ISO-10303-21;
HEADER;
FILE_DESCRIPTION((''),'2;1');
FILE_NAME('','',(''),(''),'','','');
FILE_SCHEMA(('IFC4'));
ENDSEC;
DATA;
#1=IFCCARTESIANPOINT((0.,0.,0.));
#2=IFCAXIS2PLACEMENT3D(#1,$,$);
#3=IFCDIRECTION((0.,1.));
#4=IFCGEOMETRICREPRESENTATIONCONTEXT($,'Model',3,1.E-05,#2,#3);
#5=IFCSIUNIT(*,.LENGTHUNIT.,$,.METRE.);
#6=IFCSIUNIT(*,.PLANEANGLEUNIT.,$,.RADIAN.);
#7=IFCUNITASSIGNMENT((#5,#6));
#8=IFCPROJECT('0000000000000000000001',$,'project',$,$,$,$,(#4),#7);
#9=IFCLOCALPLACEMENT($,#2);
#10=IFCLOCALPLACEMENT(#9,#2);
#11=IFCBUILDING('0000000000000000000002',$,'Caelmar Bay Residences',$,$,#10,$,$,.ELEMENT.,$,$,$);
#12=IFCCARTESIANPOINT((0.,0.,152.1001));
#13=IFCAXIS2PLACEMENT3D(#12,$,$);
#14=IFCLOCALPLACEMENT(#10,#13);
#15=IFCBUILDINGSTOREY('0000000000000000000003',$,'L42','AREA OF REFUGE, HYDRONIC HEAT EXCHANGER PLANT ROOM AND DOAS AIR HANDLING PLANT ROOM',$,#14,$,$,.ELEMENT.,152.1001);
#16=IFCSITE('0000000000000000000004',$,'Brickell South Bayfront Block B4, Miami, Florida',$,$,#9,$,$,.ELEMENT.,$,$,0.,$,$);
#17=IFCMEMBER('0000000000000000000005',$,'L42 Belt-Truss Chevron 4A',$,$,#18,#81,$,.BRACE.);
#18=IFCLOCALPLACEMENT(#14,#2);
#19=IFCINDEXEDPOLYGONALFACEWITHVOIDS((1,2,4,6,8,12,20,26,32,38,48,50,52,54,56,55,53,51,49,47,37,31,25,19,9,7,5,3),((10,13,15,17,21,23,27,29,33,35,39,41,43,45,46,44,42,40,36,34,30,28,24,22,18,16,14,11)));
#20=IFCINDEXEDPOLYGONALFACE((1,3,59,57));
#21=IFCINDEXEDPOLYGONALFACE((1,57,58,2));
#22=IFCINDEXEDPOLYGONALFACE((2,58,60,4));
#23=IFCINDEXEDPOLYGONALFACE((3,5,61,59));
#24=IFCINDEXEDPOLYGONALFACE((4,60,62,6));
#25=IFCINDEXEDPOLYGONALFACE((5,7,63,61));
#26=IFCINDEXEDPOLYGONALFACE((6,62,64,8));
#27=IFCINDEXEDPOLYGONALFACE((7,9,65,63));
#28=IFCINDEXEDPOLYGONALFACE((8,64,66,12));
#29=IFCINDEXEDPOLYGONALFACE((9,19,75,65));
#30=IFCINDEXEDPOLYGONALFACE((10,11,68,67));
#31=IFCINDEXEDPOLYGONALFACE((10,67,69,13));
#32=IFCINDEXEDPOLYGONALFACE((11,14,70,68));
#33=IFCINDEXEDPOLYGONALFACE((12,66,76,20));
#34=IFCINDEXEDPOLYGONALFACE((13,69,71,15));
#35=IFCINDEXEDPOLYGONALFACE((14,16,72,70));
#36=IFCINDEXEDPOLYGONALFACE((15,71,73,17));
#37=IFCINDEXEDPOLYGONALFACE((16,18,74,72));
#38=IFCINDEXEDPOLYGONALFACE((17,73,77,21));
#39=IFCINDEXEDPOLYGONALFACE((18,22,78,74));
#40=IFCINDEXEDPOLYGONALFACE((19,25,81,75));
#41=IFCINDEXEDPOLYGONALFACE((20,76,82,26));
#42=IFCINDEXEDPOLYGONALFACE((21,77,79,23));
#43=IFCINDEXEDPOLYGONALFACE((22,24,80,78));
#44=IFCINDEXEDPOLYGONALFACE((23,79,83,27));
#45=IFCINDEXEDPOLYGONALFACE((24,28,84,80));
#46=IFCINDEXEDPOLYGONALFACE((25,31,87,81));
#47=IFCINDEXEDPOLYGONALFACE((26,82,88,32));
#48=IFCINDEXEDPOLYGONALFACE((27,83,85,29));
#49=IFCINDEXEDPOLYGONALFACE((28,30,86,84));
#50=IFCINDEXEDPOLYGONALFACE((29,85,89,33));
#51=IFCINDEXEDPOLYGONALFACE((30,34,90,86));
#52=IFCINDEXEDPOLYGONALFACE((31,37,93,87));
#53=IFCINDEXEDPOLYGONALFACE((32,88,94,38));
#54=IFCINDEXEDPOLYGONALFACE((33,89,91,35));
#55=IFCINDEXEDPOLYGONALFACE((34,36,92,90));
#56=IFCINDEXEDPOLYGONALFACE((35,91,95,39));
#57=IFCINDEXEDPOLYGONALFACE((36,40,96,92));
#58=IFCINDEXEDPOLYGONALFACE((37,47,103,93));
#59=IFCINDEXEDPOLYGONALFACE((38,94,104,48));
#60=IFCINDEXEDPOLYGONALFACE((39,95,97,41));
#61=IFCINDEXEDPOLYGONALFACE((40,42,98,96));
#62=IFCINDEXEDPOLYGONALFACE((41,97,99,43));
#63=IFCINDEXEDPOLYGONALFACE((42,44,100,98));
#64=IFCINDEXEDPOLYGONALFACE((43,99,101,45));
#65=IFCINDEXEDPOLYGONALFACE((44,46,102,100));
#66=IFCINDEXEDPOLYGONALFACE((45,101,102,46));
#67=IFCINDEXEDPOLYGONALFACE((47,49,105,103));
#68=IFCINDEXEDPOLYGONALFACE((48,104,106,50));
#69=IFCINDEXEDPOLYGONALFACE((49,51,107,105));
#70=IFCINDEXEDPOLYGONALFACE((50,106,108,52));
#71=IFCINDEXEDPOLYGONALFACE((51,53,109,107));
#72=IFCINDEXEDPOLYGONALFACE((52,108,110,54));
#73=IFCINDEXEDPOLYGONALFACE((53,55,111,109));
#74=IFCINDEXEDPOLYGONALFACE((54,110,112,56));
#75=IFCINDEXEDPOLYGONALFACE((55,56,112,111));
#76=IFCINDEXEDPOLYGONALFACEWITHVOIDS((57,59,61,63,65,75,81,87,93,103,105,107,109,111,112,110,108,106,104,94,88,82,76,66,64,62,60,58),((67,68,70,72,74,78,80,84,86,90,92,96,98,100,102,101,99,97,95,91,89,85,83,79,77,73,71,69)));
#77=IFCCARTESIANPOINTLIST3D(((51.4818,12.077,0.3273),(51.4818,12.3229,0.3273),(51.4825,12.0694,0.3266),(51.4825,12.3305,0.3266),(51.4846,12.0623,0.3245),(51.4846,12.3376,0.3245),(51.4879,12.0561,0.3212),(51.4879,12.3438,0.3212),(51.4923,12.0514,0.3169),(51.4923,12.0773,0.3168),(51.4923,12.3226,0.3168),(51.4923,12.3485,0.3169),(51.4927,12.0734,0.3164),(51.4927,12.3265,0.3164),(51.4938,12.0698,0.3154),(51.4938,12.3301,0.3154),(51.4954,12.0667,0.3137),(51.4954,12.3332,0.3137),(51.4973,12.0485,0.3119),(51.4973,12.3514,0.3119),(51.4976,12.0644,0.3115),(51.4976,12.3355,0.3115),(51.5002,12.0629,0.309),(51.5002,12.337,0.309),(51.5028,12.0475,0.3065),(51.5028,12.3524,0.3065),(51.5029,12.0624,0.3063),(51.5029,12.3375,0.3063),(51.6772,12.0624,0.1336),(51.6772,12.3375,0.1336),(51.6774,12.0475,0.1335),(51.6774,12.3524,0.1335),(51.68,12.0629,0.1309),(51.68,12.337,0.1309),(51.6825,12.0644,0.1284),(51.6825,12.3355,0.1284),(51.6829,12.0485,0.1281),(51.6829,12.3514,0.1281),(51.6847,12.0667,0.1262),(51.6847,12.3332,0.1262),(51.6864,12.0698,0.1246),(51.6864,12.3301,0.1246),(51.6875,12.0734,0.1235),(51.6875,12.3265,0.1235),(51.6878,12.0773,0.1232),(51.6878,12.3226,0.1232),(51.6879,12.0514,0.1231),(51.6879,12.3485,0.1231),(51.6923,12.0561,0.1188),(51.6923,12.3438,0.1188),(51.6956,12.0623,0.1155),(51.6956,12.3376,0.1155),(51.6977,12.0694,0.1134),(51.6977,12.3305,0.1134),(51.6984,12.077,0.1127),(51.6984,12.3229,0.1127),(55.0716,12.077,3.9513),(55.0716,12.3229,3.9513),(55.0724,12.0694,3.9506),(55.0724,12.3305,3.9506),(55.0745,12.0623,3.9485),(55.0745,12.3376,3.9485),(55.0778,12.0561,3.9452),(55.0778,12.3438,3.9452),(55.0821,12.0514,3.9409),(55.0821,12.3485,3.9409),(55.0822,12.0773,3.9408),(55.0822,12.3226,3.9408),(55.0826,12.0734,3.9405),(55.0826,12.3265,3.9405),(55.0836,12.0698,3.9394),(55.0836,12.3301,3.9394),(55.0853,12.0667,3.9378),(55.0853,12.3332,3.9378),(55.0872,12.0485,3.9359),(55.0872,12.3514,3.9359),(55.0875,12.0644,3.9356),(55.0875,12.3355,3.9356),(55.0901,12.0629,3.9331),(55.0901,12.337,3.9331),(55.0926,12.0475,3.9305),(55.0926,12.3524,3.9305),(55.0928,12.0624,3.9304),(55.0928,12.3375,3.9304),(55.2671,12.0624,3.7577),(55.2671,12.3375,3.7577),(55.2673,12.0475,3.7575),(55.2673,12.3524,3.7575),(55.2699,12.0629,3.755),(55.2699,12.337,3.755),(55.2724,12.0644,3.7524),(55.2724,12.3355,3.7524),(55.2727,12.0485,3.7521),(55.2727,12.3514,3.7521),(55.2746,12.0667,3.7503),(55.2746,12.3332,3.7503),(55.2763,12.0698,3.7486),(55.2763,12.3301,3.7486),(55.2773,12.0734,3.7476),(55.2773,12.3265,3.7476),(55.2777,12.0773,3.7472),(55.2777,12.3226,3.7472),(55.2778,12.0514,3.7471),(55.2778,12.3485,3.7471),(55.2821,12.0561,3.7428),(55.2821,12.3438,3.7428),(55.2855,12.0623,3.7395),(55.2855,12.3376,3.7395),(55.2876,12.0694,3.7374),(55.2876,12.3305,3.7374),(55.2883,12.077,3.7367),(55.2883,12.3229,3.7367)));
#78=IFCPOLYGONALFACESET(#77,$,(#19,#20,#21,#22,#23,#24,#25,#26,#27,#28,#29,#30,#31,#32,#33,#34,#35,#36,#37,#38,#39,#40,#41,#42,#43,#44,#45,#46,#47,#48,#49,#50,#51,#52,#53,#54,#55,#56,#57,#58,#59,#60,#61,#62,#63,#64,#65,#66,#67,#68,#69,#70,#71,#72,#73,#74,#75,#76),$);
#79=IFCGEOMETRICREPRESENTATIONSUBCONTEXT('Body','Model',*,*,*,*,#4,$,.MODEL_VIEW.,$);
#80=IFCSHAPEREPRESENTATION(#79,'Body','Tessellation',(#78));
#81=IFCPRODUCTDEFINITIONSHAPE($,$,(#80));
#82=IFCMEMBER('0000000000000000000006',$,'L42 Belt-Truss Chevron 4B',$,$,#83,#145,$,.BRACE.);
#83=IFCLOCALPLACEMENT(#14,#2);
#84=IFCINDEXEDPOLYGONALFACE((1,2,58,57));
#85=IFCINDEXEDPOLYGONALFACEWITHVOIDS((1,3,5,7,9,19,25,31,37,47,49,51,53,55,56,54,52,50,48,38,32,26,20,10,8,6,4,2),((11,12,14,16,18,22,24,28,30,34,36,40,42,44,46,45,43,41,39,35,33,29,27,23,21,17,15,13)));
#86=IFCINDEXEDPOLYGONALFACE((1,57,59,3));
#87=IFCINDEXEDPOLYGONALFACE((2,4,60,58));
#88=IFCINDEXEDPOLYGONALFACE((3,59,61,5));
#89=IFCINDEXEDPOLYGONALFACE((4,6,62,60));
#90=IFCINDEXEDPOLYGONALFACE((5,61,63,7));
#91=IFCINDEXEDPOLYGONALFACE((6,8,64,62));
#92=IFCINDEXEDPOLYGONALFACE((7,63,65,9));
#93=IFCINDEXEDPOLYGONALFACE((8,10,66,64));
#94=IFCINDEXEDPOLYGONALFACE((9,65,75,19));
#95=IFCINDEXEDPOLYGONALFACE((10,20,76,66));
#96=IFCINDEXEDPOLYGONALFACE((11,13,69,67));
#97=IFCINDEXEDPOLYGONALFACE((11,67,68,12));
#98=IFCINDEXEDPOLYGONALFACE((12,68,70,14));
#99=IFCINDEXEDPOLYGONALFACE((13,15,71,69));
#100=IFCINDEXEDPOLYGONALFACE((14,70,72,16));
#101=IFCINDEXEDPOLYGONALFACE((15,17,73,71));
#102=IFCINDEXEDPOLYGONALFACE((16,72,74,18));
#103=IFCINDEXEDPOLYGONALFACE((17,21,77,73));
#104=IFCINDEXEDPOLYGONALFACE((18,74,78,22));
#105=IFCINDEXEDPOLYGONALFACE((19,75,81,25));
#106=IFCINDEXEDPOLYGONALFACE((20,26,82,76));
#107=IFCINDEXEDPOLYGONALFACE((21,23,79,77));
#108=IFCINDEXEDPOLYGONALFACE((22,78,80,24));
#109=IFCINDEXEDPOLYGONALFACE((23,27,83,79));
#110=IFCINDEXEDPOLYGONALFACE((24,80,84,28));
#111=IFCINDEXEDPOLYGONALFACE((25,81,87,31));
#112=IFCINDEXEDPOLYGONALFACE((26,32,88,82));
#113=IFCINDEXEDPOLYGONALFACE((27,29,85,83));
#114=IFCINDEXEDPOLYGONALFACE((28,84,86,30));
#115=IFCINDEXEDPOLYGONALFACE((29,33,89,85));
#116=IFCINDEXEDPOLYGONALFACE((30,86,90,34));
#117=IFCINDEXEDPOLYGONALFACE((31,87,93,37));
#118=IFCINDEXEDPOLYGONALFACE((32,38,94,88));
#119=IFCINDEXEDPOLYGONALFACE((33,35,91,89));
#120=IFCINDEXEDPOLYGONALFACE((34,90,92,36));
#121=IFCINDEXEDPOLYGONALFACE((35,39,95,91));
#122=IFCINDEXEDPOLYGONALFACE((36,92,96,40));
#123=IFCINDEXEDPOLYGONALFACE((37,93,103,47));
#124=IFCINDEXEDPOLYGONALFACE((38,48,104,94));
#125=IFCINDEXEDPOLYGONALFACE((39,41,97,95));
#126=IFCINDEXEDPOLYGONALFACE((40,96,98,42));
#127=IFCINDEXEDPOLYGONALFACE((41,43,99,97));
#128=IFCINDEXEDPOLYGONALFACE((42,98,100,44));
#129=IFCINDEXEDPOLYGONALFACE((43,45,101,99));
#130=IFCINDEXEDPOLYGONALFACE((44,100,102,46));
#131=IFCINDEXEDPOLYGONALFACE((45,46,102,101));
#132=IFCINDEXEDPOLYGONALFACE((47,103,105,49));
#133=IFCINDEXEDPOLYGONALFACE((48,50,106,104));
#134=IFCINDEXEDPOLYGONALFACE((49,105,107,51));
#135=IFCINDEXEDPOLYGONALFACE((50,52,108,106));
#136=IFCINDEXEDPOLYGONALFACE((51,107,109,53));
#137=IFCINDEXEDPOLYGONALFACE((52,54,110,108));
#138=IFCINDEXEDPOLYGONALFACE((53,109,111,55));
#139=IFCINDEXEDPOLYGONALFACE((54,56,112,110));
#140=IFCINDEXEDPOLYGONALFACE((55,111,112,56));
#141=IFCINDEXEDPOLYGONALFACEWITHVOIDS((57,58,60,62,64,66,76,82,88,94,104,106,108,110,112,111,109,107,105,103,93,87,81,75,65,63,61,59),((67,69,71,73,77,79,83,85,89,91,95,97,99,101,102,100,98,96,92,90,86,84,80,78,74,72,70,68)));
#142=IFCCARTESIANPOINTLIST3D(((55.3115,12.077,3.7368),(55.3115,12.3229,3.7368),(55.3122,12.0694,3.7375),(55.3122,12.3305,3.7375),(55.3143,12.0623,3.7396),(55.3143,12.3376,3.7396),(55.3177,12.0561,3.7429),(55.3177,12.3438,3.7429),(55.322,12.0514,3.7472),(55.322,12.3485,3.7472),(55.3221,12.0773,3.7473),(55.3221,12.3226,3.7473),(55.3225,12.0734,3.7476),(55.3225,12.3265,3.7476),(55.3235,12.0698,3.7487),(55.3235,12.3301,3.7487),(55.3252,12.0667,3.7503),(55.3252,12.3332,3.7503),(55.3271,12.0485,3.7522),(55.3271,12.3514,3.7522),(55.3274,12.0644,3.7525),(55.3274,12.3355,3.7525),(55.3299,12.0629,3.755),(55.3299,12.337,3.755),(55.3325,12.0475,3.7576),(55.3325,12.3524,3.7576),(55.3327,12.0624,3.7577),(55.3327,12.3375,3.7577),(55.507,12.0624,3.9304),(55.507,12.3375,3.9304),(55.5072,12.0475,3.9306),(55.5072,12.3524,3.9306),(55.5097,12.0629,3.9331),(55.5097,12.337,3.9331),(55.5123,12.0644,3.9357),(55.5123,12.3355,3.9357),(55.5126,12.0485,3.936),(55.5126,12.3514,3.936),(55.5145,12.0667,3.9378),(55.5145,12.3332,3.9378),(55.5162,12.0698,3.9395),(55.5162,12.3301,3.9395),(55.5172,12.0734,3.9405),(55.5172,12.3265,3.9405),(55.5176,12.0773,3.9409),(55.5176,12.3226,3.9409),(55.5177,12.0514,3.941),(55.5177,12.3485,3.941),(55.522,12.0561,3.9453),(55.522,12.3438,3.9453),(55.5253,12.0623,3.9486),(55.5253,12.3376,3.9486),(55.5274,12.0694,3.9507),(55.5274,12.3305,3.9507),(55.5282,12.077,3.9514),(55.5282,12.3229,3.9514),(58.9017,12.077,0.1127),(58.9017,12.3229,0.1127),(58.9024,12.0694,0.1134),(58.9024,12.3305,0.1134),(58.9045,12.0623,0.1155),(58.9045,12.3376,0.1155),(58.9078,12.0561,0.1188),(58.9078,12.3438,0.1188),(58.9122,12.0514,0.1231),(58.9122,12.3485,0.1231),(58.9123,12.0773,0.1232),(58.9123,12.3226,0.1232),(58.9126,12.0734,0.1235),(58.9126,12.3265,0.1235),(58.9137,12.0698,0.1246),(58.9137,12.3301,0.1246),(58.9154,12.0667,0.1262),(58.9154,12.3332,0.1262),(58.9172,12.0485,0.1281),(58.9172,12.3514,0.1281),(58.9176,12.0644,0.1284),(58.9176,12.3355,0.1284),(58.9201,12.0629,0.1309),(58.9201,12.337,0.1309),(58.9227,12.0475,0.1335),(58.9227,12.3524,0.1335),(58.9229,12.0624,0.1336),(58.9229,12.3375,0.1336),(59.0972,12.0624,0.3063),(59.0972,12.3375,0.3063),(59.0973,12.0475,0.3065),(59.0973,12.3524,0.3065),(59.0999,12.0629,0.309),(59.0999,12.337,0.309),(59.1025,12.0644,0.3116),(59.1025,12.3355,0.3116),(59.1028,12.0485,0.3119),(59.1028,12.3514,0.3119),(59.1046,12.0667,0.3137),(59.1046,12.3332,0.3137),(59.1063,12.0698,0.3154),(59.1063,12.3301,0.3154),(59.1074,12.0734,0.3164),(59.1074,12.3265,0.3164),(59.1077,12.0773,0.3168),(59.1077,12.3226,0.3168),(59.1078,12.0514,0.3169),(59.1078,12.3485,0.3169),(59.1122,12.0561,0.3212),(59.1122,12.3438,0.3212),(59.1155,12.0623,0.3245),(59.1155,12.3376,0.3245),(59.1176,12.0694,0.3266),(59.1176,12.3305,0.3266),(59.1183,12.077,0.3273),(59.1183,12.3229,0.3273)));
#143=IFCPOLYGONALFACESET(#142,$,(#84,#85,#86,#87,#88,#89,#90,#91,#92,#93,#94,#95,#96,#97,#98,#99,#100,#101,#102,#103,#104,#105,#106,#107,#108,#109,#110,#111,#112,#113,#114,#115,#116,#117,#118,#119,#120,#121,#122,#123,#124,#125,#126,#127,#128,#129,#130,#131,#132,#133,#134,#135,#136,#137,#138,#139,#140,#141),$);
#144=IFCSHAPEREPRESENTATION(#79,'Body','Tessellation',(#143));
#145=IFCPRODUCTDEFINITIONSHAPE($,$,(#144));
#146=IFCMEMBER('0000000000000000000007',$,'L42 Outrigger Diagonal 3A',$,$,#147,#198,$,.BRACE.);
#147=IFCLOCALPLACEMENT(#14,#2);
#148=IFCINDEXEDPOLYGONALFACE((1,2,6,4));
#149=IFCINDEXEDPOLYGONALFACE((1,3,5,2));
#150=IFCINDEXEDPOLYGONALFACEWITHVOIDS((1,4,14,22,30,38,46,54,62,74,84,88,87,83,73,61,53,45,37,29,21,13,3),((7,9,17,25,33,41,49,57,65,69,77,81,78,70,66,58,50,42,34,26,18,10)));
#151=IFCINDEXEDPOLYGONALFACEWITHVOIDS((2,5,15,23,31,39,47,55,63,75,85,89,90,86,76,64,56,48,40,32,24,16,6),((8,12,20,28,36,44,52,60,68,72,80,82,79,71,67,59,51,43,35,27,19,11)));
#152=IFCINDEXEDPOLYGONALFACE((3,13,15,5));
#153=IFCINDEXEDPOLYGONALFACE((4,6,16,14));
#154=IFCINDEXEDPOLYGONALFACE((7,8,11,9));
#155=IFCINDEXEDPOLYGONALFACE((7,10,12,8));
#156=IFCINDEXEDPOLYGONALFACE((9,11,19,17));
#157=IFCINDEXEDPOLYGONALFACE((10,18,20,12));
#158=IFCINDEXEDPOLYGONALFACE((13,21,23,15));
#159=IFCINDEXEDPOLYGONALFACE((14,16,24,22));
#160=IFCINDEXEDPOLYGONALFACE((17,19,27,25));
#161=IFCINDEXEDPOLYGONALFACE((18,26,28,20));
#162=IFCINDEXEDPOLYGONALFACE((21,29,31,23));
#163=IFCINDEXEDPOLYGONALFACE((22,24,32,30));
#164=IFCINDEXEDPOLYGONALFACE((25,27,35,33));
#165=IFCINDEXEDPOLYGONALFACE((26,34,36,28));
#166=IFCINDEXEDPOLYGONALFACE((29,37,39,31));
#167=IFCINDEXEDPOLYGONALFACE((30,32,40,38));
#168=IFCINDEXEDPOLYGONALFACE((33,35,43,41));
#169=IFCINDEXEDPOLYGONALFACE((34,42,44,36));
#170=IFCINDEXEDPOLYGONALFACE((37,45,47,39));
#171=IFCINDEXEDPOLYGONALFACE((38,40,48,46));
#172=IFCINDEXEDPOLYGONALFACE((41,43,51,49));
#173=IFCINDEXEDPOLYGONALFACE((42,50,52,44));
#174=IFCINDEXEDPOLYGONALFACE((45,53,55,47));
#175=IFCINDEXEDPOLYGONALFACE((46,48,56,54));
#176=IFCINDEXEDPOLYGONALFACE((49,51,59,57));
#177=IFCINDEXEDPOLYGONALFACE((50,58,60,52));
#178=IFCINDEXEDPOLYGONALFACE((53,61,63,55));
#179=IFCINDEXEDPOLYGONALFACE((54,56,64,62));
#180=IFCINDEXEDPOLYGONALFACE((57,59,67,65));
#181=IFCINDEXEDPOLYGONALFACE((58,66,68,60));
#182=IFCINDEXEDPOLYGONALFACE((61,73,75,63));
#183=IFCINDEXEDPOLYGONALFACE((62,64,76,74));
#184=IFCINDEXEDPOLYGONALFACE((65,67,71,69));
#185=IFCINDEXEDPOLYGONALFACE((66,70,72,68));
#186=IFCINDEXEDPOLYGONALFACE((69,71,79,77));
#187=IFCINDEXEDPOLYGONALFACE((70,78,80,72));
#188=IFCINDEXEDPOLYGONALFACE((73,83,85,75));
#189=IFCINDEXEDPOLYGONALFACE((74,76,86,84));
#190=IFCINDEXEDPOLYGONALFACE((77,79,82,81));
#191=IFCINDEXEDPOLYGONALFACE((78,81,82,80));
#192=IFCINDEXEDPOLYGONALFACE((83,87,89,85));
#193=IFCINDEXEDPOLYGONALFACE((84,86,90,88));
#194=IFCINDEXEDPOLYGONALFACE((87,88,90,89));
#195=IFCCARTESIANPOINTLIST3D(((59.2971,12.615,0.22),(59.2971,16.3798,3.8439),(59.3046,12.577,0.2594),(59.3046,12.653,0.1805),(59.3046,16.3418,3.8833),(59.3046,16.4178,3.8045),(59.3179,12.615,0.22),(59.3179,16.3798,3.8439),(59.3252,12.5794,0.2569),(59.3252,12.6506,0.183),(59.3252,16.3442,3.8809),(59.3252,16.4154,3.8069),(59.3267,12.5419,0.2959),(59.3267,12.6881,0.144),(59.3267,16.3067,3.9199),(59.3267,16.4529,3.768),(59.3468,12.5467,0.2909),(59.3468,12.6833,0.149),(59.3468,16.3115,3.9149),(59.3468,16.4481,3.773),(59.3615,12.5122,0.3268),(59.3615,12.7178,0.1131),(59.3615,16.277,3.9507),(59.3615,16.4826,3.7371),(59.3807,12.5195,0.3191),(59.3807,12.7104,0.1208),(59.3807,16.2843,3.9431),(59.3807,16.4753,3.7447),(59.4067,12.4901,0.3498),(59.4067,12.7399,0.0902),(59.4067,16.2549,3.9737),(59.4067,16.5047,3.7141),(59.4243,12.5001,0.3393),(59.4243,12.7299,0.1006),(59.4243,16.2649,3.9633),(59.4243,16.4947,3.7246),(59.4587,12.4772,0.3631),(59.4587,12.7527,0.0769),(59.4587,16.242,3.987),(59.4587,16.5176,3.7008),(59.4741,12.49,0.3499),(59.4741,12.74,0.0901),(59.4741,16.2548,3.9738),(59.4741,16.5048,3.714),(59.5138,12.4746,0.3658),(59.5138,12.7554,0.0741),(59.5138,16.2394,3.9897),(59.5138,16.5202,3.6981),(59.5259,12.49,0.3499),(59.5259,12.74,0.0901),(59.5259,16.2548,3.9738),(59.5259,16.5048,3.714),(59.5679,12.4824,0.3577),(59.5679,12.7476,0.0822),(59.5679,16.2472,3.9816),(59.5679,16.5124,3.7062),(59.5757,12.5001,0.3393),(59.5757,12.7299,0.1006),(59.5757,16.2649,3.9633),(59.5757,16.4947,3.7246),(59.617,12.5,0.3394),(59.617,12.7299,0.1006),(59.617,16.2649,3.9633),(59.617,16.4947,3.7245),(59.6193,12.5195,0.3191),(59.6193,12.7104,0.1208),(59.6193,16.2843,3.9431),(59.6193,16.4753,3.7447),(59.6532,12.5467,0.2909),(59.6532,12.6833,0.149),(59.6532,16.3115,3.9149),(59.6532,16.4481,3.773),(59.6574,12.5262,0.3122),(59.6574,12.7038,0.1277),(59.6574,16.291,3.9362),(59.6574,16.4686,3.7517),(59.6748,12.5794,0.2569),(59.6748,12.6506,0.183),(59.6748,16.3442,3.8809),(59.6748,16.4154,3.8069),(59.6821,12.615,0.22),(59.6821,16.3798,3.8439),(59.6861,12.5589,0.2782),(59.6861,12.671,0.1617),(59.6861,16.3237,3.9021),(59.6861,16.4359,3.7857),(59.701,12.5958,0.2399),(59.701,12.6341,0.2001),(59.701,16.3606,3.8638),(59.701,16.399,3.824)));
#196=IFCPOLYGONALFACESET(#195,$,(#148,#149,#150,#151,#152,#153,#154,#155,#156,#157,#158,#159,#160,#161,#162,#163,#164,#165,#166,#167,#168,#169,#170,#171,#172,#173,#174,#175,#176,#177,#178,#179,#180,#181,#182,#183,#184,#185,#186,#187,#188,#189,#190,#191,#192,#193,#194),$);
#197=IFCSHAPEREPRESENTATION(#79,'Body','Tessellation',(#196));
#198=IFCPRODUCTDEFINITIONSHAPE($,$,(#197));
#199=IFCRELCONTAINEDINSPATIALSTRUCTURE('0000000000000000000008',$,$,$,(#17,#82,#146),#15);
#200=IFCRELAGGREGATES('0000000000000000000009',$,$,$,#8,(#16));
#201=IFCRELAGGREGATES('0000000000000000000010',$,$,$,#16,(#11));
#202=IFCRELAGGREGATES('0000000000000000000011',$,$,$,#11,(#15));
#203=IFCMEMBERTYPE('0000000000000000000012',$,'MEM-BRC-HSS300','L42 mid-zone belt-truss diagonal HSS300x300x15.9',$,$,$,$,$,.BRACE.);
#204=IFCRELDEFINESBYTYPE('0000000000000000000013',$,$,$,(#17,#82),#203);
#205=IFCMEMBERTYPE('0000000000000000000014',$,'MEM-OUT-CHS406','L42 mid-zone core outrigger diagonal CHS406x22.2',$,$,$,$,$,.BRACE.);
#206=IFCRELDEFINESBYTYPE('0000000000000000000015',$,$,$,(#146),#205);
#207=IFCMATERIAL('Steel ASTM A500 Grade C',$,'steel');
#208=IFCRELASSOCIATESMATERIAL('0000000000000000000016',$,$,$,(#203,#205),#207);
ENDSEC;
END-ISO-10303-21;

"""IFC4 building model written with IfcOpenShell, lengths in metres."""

from ifc_helpers import new_model, si_unit, direction, frame, origin, origin_2d, place, context, subcontext, project, spatial, hollow_rectangle, hollow_circle, extrude, material, material_profile, profile_set, type_object, element, save


model = new_model("IFC4")

# Units and contexts
model_context = context("Model", 3, precision=1e-05, world=origin(), true_north=direction((0.0, 1.0)))
body_context = subcontext(model_context, "Body", "Model", "MODEL_VIEW")
ifc_project = project(units=[si_unit("LENGTHUNIT", "METRE"), si_unit("PLANEANGLEUNIT", "RADIAN")], contexts=[model_context])

# Site, building, storey
site_placement = place(None, origin())
site = spatial("IfcSite", under=ifc_project, at=site_placement, Name="Brickell South Bayfront Block B4, Miami, Florida", CompositionType="ELEMENT", RefElevation=0.0)
building_placement = place(site_placement, origin())
building = spatial("IfcBuilding", under=site, at=building_placement, Name="Caelmar Bay Residences", CompositionType="ELEMENT")
storey_placement = place(building_placement, frame((0.0, 0.0, 152.1001)))
storey = spatial("IfcBuildingStorey", under=building, at=storey_placement, Name="L42", Description="AREA OF REFUGE, HYDRONIC HEAT EXCHANGER PLANT ROOM AND DOAS AIR HANDLING PLANT ROOM", CompositionType="ELEMENT", Elevation=152.1001)

# Members
ifc_material_1 = material(Name="Steel ASTM A500 Grade C", Category="steel")
ifc_material_profile_1 = material_profile(ifc_material_1, hollow_rectangle(XDim=0.3049, YDim=0.3049, WallThickness=0.0149, InnerFilletRadius=0.0149, OuterFilletRadius=0.0295, at=origin_2d()), Name="HSS300X300X15.9")
ifc_profile_set_1 = profile_set([ifc_material_profile_1], Name="Steel ASTM A500 Grade C")
member_type_1 = type_object("IfcMemberType", Name="MEM-BRC-HSS300", Description="L42 mid-zone belt-truss diagonal HSS300x300x15.9", PredefinedType="BRACE", material=ifc_profile_set_1)
member_1_placement = place(storey_placement, frame((51.5901, 12.2, 0.22), z_axis=(0.703749, 0.0, 0.710449), x_axis=(0.0, 1.0, 0.0)))
element("IfcMember", 1, at=member_1_placement, inside=storey, type_object=member_type_1, Name="L42 Belt-Truss Chevron 4A", PredefinedType="BRACE", context=body_context, shape_type="SweptSolid", body=[
    extrude(hollow_rectangle(XDim=0.3049, YDim=0.3049, WallThickness=0.0149, InnerFilletRadius=0.0149, OuterFilletRadius=0.0295, at=origin_2d()), origin(), (0.0, 0.0, 1.0), 5.1011),
])
member_2_placement = place(storey_placement, frame((59.01, 12.2, 0.22), z_axis=(-0.703773, 0.0, 0.710425), x_axis=(0.0, -1.0, 0.0)))
element("IfcMember", 2, at=member_2_placement, inside=storey, type_object=member_type_1, Name="L42 Belt-Truss Chevron 4B", PredefinedType="BRACE", context=body_context, shape_type="SweptSolid", body=[
    extrude(hollow_rectangle(XDim=0.3049, YDim=0.3049, WallThickness=0.0149, InnerFilletRadius=0.0149, OuterFilletRadius=0.0295, at=origin_2d()), origin(), (0.0, 0.0, 1.0), 5.1013),
])
ifc_material_profile_2 = material_profile(ifc_material_1, hollow_circle(Radius=0.2029, WallThickness=0.0208, at=origin_2d()), Name="CHS406X22.2")
ifc_profile_set_2 = profile_set([ifc_material_profile_2], Name="Steel ASTM A500 Grade C")
member_type_2 = type_object("IfcMemberType", Name="MEM-OUT-CHS406", Description="L42 mid-zone core outrigger diagonal CHS406x22.2", PredefinedType="BRACE", material=ifc_profile_set_2)
member_3_placement = place(storey_placement, frame((59.5, 12.615, 0.22), z_axis=(0.0, 0.720457, 0.6935), x_axis=(-1.0, 0.0, 0.0)))
element("IfcMember", 3, at=member_3_placement, inside=storey, type_object=member_type_2, Name="L42 Outrigger Diagonal 3A", PredefinedType="BRACE", context=body_context, shape_type="SweptSolid", body=[
    extrude(hollow_circle(Radius=0.2029, WallThickness=0.0208, at=origin_2d()), origin(), (0.0, 0.0, 1.0), 5.2256),
])

save(model, "model.ifc")
